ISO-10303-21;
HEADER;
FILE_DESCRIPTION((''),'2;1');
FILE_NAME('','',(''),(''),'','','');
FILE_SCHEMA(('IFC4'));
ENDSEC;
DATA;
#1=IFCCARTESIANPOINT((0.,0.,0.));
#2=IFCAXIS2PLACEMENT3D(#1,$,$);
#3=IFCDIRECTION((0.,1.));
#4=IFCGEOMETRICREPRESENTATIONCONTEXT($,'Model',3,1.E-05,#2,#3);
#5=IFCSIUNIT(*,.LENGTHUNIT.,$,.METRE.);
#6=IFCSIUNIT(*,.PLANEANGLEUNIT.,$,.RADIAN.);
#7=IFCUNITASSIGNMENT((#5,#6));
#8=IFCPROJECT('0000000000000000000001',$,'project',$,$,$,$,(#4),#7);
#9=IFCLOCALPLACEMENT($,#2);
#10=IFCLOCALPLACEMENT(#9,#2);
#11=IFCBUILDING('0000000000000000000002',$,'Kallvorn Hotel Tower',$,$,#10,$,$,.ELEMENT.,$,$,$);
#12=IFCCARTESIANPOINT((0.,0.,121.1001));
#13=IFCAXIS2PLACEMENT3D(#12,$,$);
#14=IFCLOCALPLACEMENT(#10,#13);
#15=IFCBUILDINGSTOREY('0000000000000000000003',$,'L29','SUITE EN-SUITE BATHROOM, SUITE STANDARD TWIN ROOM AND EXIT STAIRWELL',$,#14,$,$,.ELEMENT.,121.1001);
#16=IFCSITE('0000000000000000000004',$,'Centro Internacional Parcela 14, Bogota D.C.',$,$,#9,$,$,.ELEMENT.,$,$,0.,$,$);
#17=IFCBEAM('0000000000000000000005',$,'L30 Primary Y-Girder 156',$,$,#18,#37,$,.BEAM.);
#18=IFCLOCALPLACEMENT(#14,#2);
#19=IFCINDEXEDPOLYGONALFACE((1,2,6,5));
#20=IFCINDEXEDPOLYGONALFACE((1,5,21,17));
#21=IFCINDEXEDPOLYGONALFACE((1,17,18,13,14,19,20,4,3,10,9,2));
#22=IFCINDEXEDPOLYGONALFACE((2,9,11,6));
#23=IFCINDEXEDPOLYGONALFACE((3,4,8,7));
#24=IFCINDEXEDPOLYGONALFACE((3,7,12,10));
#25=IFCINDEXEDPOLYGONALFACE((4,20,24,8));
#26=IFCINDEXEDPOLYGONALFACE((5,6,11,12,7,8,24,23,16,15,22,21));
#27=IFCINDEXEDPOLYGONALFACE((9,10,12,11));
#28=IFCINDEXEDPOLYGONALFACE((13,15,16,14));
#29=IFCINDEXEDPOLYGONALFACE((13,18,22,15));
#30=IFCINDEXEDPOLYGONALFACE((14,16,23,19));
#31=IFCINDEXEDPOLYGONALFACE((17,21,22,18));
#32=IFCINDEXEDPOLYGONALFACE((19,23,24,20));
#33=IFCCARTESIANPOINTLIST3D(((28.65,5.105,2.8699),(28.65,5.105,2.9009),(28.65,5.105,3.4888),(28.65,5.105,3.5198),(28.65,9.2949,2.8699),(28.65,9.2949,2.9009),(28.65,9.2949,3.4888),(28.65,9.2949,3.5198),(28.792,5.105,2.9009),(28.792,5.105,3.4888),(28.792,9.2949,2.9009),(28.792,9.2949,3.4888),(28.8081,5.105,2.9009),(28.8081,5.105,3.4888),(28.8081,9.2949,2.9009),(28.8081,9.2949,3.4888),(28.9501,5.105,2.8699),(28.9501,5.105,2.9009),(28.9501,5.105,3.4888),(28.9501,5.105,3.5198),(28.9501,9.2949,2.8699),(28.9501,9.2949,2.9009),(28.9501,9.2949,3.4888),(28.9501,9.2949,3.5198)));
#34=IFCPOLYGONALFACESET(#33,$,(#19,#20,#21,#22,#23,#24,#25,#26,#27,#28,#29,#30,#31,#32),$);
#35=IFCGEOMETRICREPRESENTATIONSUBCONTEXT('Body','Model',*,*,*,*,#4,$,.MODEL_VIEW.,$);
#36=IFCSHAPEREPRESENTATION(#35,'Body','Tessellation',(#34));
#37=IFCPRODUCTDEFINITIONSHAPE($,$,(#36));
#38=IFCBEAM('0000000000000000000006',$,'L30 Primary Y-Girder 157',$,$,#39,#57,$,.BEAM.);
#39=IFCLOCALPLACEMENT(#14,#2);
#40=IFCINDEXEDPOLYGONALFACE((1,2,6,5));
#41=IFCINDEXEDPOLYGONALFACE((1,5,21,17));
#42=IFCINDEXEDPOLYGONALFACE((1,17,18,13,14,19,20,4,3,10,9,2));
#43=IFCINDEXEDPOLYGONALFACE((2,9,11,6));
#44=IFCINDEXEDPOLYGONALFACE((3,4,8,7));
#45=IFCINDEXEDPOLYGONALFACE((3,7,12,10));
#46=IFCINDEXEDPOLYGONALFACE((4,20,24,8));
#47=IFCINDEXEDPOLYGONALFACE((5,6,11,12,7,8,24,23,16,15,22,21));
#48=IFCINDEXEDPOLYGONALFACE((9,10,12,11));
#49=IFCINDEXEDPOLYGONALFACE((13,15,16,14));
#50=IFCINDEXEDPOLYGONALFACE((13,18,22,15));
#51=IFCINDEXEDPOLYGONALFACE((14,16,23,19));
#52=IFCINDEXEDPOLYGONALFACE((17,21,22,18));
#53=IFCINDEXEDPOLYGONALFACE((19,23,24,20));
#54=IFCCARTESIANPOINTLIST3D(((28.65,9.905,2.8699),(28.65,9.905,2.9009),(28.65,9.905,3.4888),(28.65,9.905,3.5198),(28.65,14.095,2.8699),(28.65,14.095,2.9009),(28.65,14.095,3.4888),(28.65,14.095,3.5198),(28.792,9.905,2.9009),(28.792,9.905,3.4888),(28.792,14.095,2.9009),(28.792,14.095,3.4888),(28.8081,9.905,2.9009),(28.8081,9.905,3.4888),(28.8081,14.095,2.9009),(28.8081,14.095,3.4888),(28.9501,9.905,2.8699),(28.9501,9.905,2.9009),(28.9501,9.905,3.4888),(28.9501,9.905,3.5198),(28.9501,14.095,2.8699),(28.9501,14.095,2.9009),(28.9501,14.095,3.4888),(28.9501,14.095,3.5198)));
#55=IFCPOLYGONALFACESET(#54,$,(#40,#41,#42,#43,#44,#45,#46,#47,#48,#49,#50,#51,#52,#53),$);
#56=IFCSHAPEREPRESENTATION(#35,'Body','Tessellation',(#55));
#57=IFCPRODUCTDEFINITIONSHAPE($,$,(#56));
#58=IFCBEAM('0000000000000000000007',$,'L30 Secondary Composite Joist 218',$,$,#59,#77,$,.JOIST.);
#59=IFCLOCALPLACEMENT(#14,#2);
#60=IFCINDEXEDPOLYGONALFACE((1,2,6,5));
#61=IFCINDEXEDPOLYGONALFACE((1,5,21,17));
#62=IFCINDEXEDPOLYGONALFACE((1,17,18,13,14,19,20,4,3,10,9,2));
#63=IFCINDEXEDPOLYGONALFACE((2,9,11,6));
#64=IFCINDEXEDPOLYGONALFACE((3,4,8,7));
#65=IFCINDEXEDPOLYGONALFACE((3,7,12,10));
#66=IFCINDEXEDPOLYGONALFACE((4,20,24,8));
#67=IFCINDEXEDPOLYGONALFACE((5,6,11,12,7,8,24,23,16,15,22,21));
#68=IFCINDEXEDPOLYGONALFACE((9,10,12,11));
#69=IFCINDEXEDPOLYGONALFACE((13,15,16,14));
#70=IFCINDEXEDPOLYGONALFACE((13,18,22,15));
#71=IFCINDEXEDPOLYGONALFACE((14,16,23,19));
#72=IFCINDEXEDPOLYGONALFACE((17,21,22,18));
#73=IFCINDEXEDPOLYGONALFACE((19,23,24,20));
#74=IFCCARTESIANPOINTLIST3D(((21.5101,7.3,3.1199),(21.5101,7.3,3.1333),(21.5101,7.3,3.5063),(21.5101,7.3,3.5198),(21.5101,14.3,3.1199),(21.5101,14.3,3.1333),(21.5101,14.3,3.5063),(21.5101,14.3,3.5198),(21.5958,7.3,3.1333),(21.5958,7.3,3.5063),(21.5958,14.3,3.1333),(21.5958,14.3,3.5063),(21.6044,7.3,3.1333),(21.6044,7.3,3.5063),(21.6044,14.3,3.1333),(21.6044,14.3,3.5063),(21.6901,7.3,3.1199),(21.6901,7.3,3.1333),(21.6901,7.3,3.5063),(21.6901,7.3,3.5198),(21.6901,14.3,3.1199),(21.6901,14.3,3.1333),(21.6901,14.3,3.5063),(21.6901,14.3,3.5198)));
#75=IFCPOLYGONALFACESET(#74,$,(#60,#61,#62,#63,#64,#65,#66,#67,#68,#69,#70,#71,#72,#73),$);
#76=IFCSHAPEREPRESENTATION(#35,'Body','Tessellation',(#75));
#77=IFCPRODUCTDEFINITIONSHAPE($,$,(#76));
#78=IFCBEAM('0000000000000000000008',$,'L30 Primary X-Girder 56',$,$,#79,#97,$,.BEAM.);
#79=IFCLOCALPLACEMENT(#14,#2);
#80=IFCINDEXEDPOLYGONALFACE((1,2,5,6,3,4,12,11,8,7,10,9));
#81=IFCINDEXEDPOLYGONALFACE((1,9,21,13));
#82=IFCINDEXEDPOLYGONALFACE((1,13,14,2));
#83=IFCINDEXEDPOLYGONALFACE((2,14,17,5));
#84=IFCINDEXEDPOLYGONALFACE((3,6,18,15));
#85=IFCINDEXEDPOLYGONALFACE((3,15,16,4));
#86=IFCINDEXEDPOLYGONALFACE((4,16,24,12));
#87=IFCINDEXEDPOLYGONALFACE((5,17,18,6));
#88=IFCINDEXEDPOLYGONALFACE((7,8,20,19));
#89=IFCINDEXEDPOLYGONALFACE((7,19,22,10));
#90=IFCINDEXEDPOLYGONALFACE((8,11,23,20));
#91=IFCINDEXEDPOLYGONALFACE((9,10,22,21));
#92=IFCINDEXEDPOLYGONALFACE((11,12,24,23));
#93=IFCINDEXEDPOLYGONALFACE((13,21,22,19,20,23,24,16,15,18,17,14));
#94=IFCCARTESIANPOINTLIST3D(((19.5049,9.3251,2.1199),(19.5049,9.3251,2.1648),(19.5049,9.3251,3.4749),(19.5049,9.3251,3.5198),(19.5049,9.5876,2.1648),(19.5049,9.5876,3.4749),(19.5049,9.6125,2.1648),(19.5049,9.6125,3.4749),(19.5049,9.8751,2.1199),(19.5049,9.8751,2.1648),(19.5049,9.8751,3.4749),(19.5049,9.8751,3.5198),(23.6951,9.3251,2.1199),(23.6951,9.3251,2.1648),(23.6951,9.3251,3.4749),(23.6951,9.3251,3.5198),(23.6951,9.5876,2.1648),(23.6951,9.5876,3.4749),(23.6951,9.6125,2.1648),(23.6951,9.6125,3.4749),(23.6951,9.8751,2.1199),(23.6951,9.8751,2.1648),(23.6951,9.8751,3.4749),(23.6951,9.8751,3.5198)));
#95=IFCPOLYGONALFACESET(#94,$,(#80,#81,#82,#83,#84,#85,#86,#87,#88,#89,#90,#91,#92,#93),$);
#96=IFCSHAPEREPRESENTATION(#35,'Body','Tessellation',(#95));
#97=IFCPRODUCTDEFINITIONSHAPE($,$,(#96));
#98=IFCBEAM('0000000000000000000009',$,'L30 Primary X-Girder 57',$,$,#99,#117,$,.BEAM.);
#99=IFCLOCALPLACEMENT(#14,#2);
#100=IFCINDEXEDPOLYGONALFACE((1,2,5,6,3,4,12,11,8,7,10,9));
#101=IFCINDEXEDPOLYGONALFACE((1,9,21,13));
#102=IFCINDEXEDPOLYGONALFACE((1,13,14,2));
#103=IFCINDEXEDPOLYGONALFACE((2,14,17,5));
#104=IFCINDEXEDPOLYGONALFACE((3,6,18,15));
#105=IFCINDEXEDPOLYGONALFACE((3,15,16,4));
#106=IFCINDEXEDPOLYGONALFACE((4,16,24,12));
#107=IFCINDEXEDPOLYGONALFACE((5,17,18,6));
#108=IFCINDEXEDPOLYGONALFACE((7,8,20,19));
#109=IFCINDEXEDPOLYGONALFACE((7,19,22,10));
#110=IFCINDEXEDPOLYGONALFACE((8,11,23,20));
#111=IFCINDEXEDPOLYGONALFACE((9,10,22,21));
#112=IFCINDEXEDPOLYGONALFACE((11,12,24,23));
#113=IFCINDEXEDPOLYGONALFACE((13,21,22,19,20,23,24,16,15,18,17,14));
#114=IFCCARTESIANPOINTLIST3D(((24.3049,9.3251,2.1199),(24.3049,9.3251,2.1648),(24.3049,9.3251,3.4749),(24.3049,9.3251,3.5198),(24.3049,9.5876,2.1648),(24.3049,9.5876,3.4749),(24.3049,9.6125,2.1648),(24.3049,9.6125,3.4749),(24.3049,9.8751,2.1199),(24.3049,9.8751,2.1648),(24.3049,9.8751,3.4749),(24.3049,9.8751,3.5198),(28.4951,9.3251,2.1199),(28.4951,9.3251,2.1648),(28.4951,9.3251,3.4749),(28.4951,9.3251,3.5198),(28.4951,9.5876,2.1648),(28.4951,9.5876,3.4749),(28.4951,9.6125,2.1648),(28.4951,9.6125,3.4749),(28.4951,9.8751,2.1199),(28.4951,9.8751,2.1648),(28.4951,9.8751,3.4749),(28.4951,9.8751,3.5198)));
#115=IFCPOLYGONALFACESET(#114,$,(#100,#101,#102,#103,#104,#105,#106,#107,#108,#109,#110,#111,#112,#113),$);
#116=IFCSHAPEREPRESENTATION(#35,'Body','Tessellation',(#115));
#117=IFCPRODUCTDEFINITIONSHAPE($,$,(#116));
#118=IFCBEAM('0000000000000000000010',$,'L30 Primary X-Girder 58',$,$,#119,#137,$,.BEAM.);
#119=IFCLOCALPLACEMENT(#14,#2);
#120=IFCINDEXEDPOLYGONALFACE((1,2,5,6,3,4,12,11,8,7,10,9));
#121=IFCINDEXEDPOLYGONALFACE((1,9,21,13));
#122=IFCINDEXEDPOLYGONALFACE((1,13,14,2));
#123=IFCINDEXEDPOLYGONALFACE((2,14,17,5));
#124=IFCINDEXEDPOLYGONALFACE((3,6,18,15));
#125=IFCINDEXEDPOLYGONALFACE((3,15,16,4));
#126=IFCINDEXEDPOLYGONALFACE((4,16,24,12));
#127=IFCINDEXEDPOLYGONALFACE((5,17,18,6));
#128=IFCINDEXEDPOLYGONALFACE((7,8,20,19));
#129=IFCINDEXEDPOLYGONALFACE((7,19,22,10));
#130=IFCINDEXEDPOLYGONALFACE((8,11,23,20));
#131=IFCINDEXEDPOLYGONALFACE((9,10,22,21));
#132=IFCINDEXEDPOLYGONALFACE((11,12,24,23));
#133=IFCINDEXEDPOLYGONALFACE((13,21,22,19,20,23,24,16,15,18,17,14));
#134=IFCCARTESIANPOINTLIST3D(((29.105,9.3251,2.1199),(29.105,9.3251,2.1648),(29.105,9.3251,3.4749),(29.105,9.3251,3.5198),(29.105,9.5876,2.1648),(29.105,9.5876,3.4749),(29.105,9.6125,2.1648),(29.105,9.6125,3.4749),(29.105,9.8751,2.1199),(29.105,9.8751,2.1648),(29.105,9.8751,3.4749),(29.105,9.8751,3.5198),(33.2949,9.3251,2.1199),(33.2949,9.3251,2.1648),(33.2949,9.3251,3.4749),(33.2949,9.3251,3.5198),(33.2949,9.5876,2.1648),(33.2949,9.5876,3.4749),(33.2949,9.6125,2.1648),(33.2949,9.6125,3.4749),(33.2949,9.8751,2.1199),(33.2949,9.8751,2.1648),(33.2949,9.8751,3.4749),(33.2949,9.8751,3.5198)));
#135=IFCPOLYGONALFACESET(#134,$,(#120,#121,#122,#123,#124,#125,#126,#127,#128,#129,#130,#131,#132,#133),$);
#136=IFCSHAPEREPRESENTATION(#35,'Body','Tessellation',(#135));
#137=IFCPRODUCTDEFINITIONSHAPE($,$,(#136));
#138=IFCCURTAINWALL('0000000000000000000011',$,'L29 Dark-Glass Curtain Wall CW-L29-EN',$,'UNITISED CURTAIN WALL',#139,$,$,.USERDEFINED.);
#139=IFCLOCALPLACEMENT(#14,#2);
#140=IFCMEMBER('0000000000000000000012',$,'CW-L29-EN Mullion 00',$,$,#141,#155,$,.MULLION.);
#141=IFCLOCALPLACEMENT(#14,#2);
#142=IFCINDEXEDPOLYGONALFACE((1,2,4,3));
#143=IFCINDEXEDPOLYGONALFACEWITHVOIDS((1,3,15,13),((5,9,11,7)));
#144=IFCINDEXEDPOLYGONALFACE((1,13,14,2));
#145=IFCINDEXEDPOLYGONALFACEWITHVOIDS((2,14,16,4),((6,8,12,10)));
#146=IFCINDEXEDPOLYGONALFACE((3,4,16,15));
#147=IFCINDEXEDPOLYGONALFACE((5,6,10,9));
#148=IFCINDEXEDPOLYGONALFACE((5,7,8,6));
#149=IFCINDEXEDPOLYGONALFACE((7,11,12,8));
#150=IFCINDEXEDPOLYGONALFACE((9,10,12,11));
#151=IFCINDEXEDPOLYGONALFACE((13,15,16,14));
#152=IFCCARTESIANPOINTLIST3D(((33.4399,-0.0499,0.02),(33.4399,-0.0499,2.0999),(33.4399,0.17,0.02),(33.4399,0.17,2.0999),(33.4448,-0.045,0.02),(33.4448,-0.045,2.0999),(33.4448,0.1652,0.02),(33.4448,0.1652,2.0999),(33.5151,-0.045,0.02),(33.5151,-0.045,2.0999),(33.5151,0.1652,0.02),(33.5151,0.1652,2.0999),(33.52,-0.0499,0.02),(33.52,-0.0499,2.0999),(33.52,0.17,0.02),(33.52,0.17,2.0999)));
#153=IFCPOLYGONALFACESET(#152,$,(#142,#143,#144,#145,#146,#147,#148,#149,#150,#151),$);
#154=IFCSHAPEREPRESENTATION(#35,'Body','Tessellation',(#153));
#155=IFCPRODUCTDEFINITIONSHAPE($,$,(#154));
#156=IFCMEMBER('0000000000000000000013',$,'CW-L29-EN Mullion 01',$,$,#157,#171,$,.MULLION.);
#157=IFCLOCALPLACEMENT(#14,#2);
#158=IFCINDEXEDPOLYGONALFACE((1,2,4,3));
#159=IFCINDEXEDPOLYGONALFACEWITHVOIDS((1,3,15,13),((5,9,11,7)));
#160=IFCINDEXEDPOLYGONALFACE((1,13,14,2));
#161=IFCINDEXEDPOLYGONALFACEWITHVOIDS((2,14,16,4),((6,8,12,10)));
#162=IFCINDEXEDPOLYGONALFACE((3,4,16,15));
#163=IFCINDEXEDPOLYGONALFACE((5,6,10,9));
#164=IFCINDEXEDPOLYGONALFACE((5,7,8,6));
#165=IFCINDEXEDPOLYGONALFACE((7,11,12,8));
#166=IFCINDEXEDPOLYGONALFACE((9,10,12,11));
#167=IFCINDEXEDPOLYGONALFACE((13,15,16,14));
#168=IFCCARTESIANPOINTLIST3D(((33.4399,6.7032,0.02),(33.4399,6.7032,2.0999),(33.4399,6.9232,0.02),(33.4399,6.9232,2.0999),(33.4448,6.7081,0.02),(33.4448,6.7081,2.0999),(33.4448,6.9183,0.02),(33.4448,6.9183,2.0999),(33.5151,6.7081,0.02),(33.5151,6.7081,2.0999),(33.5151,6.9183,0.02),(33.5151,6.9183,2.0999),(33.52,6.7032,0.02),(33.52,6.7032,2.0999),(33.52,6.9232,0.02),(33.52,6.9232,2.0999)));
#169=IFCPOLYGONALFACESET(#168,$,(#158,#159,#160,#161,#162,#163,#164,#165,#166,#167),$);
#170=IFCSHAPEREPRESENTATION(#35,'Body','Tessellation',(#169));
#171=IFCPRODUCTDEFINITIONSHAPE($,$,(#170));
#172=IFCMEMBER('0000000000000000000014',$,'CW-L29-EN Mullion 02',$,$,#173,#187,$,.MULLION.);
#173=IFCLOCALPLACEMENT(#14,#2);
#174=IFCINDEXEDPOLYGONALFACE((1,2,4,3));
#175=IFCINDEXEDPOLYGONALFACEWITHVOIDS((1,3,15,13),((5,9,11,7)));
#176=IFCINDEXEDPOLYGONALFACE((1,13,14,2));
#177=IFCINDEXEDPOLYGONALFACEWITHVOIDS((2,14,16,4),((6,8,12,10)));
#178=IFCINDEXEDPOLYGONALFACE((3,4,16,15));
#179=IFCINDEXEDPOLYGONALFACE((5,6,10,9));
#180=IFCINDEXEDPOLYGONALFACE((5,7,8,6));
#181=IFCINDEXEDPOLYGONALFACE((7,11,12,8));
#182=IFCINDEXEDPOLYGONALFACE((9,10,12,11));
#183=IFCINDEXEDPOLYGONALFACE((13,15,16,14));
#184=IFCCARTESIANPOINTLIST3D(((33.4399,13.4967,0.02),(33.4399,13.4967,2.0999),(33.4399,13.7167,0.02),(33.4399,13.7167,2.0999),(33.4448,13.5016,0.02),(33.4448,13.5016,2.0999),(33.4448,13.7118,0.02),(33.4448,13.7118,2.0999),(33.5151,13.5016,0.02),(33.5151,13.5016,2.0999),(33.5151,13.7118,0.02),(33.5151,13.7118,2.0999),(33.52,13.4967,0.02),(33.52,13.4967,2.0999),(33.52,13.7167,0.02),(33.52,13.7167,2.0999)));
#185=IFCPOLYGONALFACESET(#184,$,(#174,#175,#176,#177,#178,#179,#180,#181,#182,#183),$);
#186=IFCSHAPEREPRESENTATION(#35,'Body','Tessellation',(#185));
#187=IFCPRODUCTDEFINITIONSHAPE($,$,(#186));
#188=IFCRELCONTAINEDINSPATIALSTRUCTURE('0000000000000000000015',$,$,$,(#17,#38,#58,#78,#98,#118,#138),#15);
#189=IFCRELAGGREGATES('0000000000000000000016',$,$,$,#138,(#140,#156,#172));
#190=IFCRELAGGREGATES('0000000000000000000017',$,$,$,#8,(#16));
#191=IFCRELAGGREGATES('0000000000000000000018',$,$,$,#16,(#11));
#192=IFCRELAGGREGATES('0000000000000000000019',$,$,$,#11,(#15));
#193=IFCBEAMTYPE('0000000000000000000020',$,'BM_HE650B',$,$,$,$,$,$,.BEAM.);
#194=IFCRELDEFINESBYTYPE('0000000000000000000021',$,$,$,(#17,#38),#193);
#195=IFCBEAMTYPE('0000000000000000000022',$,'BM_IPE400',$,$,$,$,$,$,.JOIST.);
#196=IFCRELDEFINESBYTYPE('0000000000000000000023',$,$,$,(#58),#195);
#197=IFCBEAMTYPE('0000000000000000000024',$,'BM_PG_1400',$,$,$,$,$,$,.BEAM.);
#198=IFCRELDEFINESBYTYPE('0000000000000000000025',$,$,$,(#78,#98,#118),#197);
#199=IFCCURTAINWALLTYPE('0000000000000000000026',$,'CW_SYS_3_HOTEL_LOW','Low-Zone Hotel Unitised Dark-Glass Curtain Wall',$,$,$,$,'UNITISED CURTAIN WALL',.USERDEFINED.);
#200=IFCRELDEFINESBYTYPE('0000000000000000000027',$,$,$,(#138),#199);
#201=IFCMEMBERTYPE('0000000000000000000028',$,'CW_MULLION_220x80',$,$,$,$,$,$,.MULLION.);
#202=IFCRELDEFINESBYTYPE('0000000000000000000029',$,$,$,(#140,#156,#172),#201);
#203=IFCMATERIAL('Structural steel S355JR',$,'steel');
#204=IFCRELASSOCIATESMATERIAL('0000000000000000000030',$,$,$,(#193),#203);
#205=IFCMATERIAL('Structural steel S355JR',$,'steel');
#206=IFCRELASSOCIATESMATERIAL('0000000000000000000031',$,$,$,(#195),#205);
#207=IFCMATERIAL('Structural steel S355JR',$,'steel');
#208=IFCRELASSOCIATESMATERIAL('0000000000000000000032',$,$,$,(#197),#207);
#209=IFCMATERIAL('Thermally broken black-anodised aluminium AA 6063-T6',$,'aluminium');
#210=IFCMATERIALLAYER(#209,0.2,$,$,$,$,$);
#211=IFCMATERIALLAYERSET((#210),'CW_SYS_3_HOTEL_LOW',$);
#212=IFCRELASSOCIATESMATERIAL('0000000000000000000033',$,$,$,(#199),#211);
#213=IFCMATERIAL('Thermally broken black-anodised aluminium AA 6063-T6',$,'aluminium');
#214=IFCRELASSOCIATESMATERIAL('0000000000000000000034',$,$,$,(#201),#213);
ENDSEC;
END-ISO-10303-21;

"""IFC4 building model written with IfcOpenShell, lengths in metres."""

from ifc_helpers import new_model, si_unit, direction, frame, origin, origin_2d, place, context, subcontext, project, spatial, hollow_rectangle, i_section, extrude, material, layer, layer_set, material_profile, profile_set, type_object, element, aggregate, save


model = new_model("IFC4")

# Units and contexts
model_context = context("Model", 3, precision=1e-05, world=origin(), true_north=direction((0.0, 1.0)))
body_context = subcontext(model_context, "Body", "Model", "MODEL_VIEW")
ifc_project = project(units=[si_unit("LENGTHUNIT", "METRE"), si_unit("PLANEANGLEUNIT", "RADIAN")], contexts=[model_context])

# Site, building, storey
site_placement = place(None, origin())
site = spatial("IfcSite", under=ifc_project, at=site_placement, Name="Centro Internacional Parcela 14, Bogota D.C.", CompositionType="ELEMENT", RefElevation=0.0)
building_placement = place(site_placement, origin())
building = spatial("IfcBuilding", under=site, at=building_placement, Name="Kallvorn Hotel Tower", CompositionType="ELEMENT")
storey_placement = place(building_placement, frame((0.0, 0.0, 121.1001)))
storey = spatial("IfcBuildingStorey", under=building, at=storey_placement, Name="L29", Description="SUITE EN-SUITE BATHROOM, SUITE STANDARD TWIN ROOM AND EXIT STAIRWELL", CompositionType="ELEMENT", Elevation=121.1001)

# Beams
ifc_material_1 = material(Name="Structural steel S355JR", Category="steel")
ifc_material_profile_1 = material_profile(ifc_material_1, i_section(OverallWidth=0.3, OverallDepth=0.6499, WebThickness=0.0161, FlangeThickness=0.031, at=origin_2d()), Name="HE 650 B")
ifc_profile_set_1 = profile_set([ifc_material_profile_1], Name="Structural steel S355JR")
beam_type_1 = type_object("IfcBeamType", Name="BM_HE650B", PredefinedType="BEAM", material=ifc_profile_set_1)
for number, where, z_axis, x_axis, name in (
    (1, (28.8, 5.105, 3.1948), (0.0, 1.0, 0.0), (-1.0, 0.0, 0.0), "L30 Primary Y-Girder 156"),
    (2, (28.8, 9.905, 3.1948), (0.0, 1.0, 0.0), (-1.0, 0.0, 0.0), "L30 Primary Y-Girder 157"),
):
    element("IfcBeam", number, at=place(storey_placement, frame(where, z_axis=z_axis, x_axis=x_axis)), inside=storey, type_object=beam_type_1, Name=name, PredefinedType="BEAM", context=body_context, shape_type="SweptSolid", body=[
        extrude(i_section(OverallWidth=0.3, OverallDepth=0.6499, WebThickness=0.0161, FlangeThickness=0.031, at=origin_2d()), origin(), (0.0, 0.0, 1.0), 4.1899),
    ])
ifc_material_2 = material(Name="Structural steel S355JR", Category="steel")
ifc_material_profile_2 = material_profile(ifc_material_2, i_section(OverallWidth=0.1799, OverallDepth=0.3999, WebThickness=0.0085, FlangeThickness=0.0134, at=origin_2d()), Name="IPE 400")
ifc_profile_set_2 = profile_set([ifc_material_profile_2], Name="Structural steel S355JR")
beam_type_2 = type_object("IfcBeamType", Name="BM_IPE400", PredefinedType="JOIST", material=ifc_profile_set_2)
beam_1_placement = place(storey_placement, frame((21.6001, 7.3, 3.3198), z_axis=(0.0, 1.0, 0.0), x_axis=(-1.0, 0.0, 0.0)))
element("IfcBeam", 3, at=beam_1_placement, inside=storey, type_object=beam_type_2, Name="L30 Secondary Composite Joist 218", PredefinedType="JOIST", context=body_context, shape_type="SweptSolid", body=[
    extrude(i_section(OverallWidth=0.1799, OverallDepth=0.3999, WebThickness=0.0085, FlangeThickness=0.0134, at=origin_2d()), origin(), (0.0, 0.0, 1.0), 7.0),
])
ifc_material_3 = material(Name="Structural steel S355JR", Category="steel")
ifc_material_profile_3 = material_profile(ifc_material_3, i_section(OverallWidth=0.55, OverallDepth=1.3999, WebThickness=0.0249, FlangeThickness=0.0449, at=origin_2d()), Name="PG 1400x550x25x45")
ifc_profile_set_3 = profile_set([ifc_material_profile_3], Name="Structural steel S355JR")
beam_type_3 = type_object("IfcBeamType", Name="BM_PG_1400", PredefinedType="BEAM", material=ifc_profile_set_3)
for number, where, z_axis, x_axis, name in (
    (4, (19.5049, 9.6001, 2.8198), (1.0, 0.0, 0.0), (0.0, 1.0, 0.0), "L30 Primary X-Girder 56"),
    (5, (24.3049, 9.6001, 2.8198), (1.0, 0.0, 0.0), (0.0, 1.0, 0.0), "L30 Primary X-Girder 57"),
):
    element("IfcBeam", number, at=place(storey_placement, frame(where, z_axis=z_axis, x_axis=x_axis)), inside=storey, type_object=beam_type_3, Name=name, PredefinedType="BEAM", context=body_context, shape_type="SweptSolid", body=[
        extrude(i_section(OverallWidth=0.55, OverallDepth=1.3999, WebThickness=0.0249, FlangeThickness=0.0449, at=origin_2d()), origin(), (0.0, 0.0, 1.0), 4.1902),
    ])
beam_2_placement = place(storey_placement, frame((29.105, 9.6001, 2.8198), z_axis=(1.0, 0.0, 0.0), x_axis=(0.0, 1.0, 0.0)))
element("IfcBeam", 6, at=beam_2_placement, inside=storey, type_object=beam_type_3, Name="L30 Primary X-Girder 58", PredefinedType="BEAM", context=body_context, shape_type="SweptSolid", body=[
    extrude(i_section(OverallWidth=0.55, OverallDepth=1.3999, WebThickness=0.0249, FlangeThickness=0.0449, at=origin_2d()), origin(), (0.0, 0.0, 1.0), 4.1899),
])

# Curtain wall, members
ifc_material_4 = material(Name="Thermally broken black-anodised aluminium AA 6063-T6", Category="aluminium")
ifc_layer_1 = layer(ifc_material_4, 0.2)
ifc_layer_set_1 = layer_set([ifc_layer_1], Name="CW_SYS_3_HOTEL_LOW")
curtain_wall_type = type_object("IfcCurtainWallType", Name="CW_SYS_3_HOTEL_LOW", Description="Low-Zone Hotel Unitised Dark-Glass Curtain Wall", ElementType="UNITISED CURTAIN WALL", PredefinedType="USERDEFINED", material=ifc_layer_set_1)
curtain_wall_placement = place(storey_placement, origin())
curtain_wall = element("IfcCurtainWall", 7, at=curtain_wall_placement, inside=storey, type_object=curtain_wall_type, Name="L29 Dark-Glass Curtain Wall CW-L29-EN", ObjectType="UNITISED CURTAIN WALL", PredefinedType="USERDEFINED")
ifc_material_5 = material(Name="Thermally broken black-anodised aluminium AA 6063-T6", Category="aluminium")
ifc_material_profile_4 = material_profile(ifc_material_5, hollow_rectangle(XDim=0.0801, YDim=0.22, WallThickness=0.0049, at=origin_2d()), Name="MUL 220x80")
ifc_profile_set_4 = profile_set([ifc_material_profile_4], Name="Thermally broken black-anodised aluminium AA 6063-T6")
member_type_1 = type_object("IfcMemberType", Name="CW_MULLION_220x80", PredefinedType="MULLION", material=ifc_profile_set_4)
member_1_placement = place(storey_placement, frame((33.48, 0.0601, 0.02), z_axis=(0.0, 0.0, 1.0), x_axis=(1.0, 0.0, 0.0)))
member_1 = element("IfcMember", 8, at=member_1_placement, type_object=member_type_1, Name="CW-L29-EN Mullion 00", PredefinedType="MULLION", context=body_context, shape_type="SweptSolid", body=[
    extrude(hollow_rectangle(XDim=0.0801, YDim=0.22, WallThickness=0.0049, at=origin_2d()), origin(), (0.0, 0.0, 1.0), 2.0798),
])
member_2_placement = place(storey_placement, frame((33.48, 6.8132, 0.02), z_axis=(0.0, 0.0, 1.0), x_axis=(1.0, 0.0, 0.0)))
member_2 = element("IfcMember", 9, at=member_2_placement, type_object=member_type_1, Name="CW-L29-EN Mullion 01", PredefinedType="MULLION", context=body_context, shape_type="SweptSolid", body=[
    extrude(hollow_rectangle(XDim=0.0801, YDim=0.22, WallThickness=0.0049, at=origin_2d()), origin(), (0.0, 0.0, 1.0), 2.0798),
])
member_3_placement = place(storey_placement, frame((33.48, 13.6067, 0.02), z_axis=(0.0, 0.0, 1.0), x_axis=(1.0, 0.0, 0.0)))
member_3 = element("IfcMember", 10, at=member_3_placement, type_object=member_type_1, Name="CW-L29-EN Mullion 02", PredefinedType="MULLION", context=body_context, shape_type="SweptSolid", body=[
    extrude(hollow_rectangle(XDim=0.0801, YDim=0.22, WallThickness=0.0049, at=origin_2d()), origin(), (0.0, 0.0, 1.0), 2.0798),
])
aggregate(curtain_wall, [member_1, member_2, member_3])

save(model, "model.ifc")
